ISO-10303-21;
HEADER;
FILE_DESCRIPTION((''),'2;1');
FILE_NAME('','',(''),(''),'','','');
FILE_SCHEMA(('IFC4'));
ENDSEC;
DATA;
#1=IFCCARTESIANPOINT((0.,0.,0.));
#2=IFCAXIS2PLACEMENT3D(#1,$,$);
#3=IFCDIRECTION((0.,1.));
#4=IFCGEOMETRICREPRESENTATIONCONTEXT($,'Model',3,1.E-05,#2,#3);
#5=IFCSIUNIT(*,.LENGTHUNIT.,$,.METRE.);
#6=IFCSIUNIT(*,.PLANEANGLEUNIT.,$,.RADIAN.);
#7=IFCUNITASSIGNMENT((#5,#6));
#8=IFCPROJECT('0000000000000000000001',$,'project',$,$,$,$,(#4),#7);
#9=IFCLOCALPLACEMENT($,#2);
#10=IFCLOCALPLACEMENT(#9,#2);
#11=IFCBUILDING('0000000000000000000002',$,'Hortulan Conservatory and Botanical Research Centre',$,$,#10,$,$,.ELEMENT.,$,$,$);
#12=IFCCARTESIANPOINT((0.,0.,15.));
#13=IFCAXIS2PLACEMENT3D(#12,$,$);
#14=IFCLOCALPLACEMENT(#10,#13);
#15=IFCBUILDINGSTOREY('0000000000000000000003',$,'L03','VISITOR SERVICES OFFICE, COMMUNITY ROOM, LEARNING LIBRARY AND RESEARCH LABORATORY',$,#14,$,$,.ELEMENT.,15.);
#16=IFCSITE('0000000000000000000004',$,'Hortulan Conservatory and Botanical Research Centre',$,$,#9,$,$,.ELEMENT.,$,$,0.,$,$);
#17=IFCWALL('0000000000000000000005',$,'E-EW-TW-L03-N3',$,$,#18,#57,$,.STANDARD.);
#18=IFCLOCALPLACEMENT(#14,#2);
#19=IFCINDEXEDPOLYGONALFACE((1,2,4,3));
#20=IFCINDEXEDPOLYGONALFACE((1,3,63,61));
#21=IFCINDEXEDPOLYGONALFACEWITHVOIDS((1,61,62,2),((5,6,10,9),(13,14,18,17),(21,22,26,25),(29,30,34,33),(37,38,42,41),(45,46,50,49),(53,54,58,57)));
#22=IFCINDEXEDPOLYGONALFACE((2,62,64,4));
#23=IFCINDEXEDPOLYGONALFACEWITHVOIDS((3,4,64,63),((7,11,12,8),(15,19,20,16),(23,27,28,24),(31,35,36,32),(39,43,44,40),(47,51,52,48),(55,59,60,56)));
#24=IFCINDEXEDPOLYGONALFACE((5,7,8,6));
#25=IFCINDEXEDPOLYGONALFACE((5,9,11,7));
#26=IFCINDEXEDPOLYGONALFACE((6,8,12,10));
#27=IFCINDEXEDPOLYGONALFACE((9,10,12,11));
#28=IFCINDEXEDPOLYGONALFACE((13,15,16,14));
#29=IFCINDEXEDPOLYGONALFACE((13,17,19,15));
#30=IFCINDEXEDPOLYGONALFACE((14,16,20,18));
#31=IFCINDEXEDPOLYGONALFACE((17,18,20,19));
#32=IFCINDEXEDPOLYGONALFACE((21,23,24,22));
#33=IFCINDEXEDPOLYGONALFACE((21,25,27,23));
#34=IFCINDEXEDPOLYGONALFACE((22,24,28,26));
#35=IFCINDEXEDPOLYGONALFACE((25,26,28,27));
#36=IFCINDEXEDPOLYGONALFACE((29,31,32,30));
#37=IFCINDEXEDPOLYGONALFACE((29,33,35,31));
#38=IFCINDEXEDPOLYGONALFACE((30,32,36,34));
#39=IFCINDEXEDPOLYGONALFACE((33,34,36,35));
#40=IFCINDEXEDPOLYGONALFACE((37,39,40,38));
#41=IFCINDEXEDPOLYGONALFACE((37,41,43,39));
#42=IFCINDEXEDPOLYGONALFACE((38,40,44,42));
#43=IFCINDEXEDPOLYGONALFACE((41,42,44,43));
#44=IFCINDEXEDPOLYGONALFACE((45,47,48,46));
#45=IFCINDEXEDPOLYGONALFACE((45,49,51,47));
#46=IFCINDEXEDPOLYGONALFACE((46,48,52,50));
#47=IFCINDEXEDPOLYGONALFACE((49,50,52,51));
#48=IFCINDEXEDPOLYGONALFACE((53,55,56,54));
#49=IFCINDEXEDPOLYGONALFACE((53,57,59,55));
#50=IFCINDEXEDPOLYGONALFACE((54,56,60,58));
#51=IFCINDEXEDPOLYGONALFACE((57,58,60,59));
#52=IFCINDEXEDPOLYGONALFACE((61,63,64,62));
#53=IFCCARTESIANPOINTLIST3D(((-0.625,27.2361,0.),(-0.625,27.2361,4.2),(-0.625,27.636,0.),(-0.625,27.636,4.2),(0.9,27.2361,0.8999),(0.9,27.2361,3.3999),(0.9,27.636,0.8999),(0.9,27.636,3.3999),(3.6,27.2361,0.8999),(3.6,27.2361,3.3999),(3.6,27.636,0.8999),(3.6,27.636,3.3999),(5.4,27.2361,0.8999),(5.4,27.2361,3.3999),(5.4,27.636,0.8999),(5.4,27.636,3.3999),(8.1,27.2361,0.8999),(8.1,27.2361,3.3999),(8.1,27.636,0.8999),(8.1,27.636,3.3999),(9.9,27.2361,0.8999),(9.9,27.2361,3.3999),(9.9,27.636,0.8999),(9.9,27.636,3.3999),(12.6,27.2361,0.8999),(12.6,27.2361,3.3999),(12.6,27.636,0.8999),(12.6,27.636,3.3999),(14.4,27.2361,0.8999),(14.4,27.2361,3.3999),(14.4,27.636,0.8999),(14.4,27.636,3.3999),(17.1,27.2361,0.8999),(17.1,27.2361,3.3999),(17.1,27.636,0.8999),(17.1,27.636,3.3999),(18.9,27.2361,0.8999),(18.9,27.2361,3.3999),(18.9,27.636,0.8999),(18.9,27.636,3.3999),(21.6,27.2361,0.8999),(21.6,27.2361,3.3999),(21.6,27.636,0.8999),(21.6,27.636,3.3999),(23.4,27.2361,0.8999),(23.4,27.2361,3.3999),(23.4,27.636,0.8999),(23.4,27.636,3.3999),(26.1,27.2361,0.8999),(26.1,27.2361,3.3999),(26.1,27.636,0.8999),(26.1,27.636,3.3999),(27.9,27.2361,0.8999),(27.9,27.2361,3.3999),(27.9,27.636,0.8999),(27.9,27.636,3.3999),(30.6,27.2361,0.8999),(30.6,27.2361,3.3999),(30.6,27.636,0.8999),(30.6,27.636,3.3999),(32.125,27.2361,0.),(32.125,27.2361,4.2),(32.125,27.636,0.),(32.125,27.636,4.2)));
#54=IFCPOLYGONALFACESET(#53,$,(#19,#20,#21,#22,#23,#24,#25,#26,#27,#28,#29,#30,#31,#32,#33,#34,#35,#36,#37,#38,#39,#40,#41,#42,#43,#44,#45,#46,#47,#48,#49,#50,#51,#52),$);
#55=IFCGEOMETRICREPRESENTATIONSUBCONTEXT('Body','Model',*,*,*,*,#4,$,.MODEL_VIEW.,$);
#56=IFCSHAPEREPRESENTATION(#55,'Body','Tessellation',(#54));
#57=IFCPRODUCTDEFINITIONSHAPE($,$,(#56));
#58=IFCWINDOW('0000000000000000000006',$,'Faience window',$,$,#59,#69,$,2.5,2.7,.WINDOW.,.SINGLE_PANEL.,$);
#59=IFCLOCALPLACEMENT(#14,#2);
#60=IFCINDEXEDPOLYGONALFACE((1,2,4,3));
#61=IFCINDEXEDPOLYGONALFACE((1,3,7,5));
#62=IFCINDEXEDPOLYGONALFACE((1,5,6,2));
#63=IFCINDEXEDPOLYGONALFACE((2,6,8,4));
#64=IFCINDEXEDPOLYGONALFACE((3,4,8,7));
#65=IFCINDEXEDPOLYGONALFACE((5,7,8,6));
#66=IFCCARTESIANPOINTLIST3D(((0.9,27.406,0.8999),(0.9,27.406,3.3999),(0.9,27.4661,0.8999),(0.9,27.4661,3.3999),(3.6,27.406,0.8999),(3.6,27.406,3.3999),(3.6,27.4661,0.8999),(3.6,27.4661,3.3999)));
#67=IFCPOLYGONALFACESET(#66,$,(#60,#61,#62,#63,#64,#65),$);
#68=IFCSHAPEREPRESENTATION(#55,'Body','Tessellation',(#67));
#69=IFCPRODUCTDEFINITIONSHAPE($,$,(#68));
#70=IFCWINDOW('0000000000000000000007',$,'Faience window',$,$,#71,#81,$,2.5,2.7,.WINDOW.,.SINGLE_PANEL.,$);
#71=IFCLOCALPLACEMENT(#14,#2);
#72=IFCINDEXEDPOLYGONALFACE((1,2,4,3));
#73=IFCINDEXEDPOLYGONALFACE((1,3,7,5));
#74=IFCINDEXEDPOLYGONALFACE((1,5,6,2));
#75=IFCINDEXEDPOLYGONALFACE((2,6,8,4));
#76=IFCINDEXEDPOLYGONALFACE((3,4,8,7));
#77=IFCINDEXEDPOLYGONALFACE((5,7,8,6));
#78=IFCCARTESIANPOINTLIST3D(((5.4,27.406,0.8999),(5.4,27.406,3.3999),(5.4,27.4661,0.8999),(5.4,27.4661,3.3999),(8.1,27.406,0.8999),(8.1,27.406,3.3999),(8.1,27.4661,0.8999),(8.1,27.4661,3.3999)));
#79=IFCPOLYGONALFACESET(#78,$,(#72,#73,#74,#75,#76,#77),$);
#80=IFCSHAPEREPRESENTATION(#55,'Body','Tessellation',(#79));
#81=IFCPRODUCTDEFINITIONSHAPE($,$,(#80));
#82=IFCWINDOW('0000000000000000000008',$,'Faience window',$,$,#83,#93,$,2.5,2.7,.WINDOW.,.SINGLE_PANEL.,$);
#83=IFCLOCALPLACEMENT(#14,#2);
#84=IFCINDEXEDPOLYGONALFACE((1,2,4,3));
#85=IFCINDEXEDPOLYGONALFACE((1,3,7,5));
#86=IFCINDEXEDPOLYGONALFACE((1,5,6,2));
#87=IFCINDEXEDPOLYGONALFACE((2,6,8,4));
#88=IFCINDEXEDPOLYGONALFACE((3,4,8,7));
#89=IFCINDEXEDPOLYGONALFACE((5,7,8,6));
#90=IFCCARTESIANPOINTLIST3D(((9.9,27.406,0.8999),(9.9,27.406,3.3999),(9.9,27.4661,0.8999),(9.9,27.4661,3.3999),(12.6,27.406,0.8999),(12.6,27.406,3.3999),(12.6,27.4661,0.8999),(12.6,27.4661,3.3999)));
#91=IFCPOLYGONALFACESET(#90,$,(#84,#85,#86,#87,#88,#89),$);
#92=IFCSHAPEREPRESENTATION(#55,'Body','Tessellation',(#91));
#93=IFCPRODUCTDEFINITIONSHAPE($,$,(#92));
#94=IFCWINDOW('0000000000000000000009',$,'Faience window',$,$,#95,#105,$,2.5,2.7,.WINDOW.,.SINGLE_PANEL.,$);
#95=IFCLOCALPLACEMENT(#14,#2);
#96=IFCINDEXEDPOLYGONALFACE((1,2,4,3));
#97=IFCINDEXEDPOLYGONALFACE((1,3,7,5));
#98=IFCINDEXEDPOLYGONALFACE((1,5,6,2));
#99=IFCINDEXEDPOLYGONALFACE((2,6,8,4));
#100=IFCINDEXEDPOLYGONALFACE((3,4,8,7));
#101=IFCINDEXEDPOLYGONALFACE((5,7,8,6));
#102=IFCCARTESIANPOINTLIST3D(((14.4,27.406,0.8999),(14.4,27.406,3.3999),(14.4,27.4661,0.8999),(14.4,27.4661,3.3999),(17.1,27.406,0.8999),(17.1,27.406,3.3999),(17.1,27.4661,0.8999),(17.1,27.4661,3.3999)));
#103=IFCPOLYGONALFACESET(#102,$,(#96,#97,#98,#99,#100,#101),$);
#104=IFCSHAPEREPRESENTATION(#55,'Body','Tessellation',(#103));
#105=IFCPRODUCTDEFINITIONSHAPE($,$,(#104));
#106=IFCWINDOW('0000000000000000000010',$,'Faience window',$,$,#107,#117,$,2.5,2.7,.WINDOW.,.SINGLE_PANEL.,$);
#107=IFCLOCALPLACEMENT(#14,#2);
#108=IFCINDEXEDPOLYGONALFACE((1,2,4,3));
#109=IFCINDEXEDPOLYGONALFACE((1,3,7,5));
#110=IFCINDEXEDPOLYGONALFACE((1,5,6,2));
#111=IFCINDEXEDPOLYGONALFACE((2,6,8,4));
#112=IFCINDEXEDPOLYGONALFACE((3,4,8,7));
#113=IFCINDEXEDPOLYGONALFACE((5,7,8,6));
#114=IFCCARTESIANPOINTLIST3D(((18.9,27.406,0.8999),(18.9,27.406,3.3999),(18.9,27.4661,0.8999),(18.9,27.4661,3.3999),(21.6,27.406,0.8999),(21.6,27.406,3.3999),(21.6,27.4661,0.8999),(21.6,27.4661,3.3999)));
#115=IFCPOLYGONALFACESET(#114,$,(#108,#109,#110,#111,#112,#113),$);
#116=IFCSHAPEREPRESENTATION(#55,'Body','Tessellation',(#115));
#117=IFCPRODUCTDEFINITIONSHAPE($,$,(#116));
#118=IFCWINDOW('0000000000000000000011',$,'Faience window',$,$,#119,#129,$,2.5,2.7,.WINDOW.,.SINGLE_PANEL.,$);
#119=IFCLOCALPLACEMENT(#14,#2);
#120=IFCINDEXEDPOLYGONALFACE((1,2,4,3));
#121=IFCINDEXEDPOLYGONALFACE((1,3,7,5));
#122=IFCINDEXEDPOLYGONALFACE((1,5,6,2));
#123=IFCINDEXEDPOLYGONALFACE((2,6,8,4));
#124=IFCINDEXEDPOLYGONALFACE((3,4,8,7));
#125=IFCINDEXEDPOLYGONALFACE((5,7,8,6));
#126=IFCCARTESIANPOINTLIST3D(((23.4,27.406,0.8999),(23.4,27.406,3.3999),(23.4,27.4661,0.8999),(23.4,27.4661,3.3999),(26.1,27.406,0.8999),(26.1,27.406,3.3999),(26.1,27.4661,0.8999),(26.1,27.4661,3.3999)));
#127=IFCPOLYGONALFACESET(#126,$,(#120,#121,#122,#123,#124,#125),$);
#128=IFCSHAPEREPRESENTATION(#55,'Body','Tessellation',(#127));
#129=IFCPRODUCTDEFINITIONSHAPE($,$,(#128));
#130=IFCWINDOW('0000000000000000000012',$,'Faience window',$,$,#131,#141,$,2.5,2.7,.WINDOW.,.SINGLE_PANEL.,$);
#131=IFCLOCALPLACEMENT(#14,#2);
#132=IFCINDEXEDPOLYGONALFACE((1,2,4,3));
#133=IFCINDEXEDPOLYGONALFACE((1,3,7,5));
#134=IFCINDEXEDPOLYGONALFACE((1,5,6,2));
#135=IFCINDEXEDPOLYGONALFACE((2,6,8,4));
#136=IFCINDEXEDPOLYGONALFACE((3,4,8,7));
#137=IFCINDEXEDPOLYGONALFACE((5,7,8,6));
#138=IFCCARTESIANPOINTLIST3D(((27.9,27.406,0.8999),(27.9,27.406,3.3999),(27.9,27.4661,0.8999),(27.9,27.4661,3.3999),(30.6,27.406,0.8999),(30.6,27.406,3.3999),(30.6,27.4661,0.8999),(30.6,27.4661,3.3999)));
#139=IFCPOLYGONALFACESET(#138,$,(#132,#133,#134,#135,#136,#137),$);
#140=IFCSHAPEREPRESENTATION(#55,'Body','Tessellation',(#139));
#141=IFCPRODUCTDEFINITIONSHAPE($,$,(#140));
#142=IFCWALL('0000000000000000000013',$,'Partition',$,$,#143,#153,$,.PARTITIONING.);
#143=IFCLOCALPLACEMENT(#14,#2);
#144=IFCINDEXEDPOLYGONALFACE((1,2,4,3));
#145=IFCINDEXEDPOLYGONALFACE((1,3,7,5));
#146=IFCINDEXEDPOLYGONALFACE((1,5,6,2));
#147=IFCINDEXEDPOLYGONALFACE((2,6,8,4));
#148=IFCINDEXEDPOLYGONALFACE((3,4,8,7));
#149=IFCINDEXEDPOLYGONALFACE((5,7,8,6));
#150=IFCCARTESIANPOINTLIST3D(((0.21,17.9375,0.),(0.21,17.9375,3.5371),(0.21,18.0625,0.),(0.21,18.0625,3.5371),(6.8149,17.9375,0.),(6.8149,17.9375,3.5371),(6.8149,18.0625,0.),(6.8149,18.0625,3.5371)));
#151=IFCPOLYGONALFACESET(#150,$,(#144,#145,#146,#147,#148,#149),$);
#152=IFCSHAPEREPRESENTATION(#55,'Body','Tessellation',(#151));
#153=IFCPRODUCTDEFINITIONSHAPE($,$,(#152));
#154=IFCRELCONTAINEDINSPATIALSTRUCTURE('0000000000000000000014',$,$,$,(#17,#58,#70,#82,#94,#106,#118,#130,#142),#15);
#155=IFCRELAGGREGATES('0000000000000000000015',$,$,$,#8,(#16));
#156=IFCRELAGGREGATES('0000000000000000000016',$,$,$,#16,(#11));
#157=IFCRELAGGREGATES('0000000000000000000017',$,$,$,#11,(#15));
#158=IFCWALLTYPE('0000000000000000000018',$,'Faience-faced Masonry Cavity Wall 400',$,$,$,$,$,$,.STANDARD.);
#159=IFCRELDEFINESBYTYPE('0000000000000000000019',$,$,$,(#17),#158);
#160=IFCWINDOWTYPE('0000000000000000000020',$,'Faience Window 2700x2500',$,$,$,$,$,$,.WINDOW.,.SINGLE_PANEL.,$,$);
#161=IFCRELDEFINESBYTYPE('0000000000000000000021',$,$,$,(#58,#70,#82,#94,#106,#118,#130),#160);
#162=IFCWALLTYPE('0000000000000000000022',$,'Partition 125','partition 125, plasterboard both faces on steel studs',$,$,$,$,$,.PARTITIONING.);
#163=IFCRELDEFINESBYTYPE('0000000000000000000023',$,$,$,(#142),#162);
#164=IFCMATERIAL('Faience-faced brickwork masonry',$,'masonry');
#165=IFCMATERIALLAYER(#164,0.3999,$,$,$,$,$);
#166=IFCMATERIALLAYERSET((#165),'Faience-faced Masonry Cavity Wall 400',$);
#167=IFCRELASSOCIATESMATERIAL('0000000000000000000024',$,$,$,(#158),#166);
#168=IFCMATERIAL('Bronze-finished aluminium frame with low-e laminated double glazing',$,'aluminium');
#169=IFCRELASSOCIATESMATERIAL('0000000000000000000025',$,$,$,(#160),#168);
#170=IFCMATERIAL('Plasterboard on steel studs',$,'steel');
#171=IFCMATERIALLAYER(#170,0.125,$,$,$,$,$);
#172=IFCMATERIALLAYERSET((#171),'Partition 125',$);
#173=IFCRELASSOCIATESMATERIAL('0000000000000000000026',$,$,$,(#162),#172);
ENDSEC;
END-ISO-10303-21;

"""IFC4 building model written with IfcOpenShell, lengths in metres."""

from ifc_helpers import new_model, si_unit, direction, frame, frame_2d, origin, place, context, subcontext, project, spatial, rectangle, extrude, material, layer, layer_set, type_object, element, fill, save


model = new_model("IFC4")

# Units and contexts
model_context = context("Model", 3, precision=1e-05, world=origin(), true_north=direction((0.0, 1.0)))
body_context = subcontext(model_context, "Body", "Model", "MODEL_VIEW")
ifc_project = project(units=[si_unit("LENGTHUNIT", "METRE"), si_unit("PLANEANGLEUNIT", "RADIAN")], contexts=[model_context])

# Site, building, storey
site_placement = place(None, origin())
site = spatial("IfcSite", under=ifc_project, at=site_placement, Name="Hortulan Conservatory and Botanical Research Centre", CompositionType="ELEMENT", RefElevation=0.0)
building_placement = place(site_placement, origin())
building = spatial("IfcBuilding", under=site, at=building_placement, Name="Hortulan Conservatory and Botanical Research Centre", CompositionType="ELEMENT")
storey_placement = place(building_placement, frame((0.0, 0.0, 15.0)))
storey = spatial("IfcBuildingStorey", under=building, at=storey_placement, Name="L03", Description="VISITOR SERVICES OFFICE, COMMUNITY ROOM, LEARNING LIBRARY AND RESEARCH LABORATORY", CompositionType="ELEMENT", Elevation=15.0)

# Wall, openings, windows
ifc_material_1 = material(Name="Faience-faced brickwork masonry", Category="masonry")
ifc_layer_1 = layer(ifc_material_1, 0.3999)
ifc_layer_set_1 = layer_set([ifc_layer_1], Name="Faience-faced Masonry Cavity Wall 400")
wall_type_1 = type_object("IfcWallType", Name="Faience-faced Masonry Cavity Wall 400", PredefinedType="STANDARD", material=ifc_layer_set_1)
wall_1_placement = place(storey_placement, frame((-0.625, 27.436, 0.0), z_axis=(0.0, 0.0, 1.0), x_axis=(1.0, 0.0, 0.0)))
wall_1 = element("IfcWall", 1, at=wall_1_placement, inside=storey, type_object=wall_type_1, Name="E-EW-TW-L03-N3", PredefinedType="STANDARD", context=body_context, shape_type="SweptSolid", body=[
    extrude(rectangle(XDim=32.75, YDim=0.3999, at=frame_2d((16.375, 0.0))), origin(), (0.0, 0.0, 1.0), 4.2),
])
opening_1_placement = place(wall_1_placement, frame((1.5249, 0.0, 0.8999)))
opening_1 = element("IfcOpeningElement", 2, at=opening_1_placement, cuts=wall_1, PredefinedType="OPENING", context=body_context, shape_type="SweptSolid", body=[
    extrude(rectangle(XDim=2.7, YDim=2.5, at=frame_2d((1.3501, 1.25))), frame((0.0, 0.21, 0.0), z_axis=(0.0, -1.0, 0.0), x_axis=(1.0, 0.0, 0.0)), (0.0, 0.0, 1.0), 0.4199),
])
opening_2_placement = place(wall_1_placement, frame((6.0249, 0.0, 0.8999)))
opening_2 = element("IfcOpeningElement", 3, at=opening_2_placement, cuts=wall_1, PredefinedType="OPENING", context=body_context, shape_type="SweptSolid", body=[
    extrude(rectangle(XDim=2.7, YDim=2.5, at=frame_2d((1.3501, 1.25))), frame((0.0, 0.21, 0.0), z_axis=(0.0, -1.0, 0.0), x_axis=(1.0, 0.0, 0.0)), (0.0, 0.0, 1.0), 0.4199),
])
opening_3_placement = place(wall_1_placement, frame((10.5249, 0.0, 0.8999)))
opening_3 = element("IfcOpeningElement", 4, at=opening_3_placement, cuts=wall_1, PredefinedType="OPENING", context=body_context, shape_type="SweptSolid", body=[
    extrude(rectangle(XDim=2.7, YDim=2.5, at=frame_2d((1.3501, 1.25))), frame((0.0, 0.21, 0.0), z_axis=(0.0, -1.0, 0.0), x_axis=(1.0, 0.0, 0.0)), (0.0, 0.0, 1.0), 0.4199),
])
opening_4_placement = place(wall_1_placement, frame((15.0249, 0.0, 0.8999)))
opening_4 = element("IfcOpeningElement", 5, at=opening_4_placement, cuts=wall_1, PredefinedType="OPENING", context=body_context, shape_type="SweptSolid", body=[
    extrude(rectangle(XDim=2.7, YDim=2.5, at=frame_2d((1.3501, 1.25))), frame((0.0, 0.21, 0.0), z_axis=(0.0, -1.0, 0.0), x_axis=(1.0, 0.0, 0.0)), (0.0, 0.0, 1.0), 0.4199),
])
opening_5_placement = place(wall_1_placement, frame((19.5249, 0.0, 0.8999)))
opening_5 = element("IfcOpeningElement", 6, at=opening_5_placement, cuts=wall_1, PredefinedType="OPENING", context=body_context, shape_type="SweptSolid", body=[
    extrude(rectangle(XDim=2.7, YDim=2.5, at=frame_2d((1.3501, 1.25))), frame((0.0, 0.21, 0.0), z_axis=(0.0, -1.0, 0.0), x_axis=(1.0, 0.0, 0.0)), (0.0, 0.0, 1.0), 0.4199),
])
opening_6_placement = place(wall_1_placement, frame((24.0249, 0.0, 0.8999)))
opening_6 = element("IfcOpeningElement", 7, at=opening_6_placement, cuts=wall_1, PredefinedType="OPENING", context=body_context, shape_type="SweptSolid", body=[
    extrude(rectangle(XDim=2.7, YDim=2.5, at=frame_2d((1.3501, 1.25))), frame((0.0, 0.21, 0.0), z_axis=(0.0, -1.0, 0.0), x_axis=(1.0, 0.0, 0.0)), (0.0, 0.0, 1.0), 0.4199),
])
opening_7_placement = place(wall_1_placement, frame((28.5249, 0.0, 0.8999)))
opening_7 = element("IfcOpeningElement", 8, at=opening_7_placement, cuts=wall_1, PredefinedType="OPENING", context=body_context, shape_type="SweptSolid", body=[
    extrude(rectangle(XDim=2.7, YDim=2.5, at=frame_2d((1.3501, 1.25))), frame((0.0, 0.21, 0.0), z_axis=(0.0, -1.0, 0.0), x_axis=(1.0, 0.0, 0.0)), (0.0, 0.0, 1.0), 0.4199),
])
ifc_material_2 = material(Name="Bronze-finished aluminium frame with low-e laminated double glazing", Category="aluminium")
window_type = type_object("IfcWindowType", Name="Faience Window 2700x2500", PartitioningType="SINGLE_PANEL", PredefinedType="WINDOW", material=ifc_material_2)
window_1_placement = place(opening_1_placement, origin())
window_1 = element("IfcWindow", 9, at=window_1_placement, inside=storey, type_object=window_type, Name="Faience window", OverallHeight=2.5, OverallWidth=2.7, PartitioningType="SINGLE_PANEL", PredefinedType="WINDOW", context=body_context, shape_type="SweptSolid", body=[
    extrude(rectangle(XDim=2.7, YDim=2.5, at=frame_2d((1.3501, 1.25))), frame((0.0, 0.03, 0.0), z_axis=(0.0, -1.0, 0.0), x_axis=(1.0, 0.0, 0.0)), (0.0, 0.0, 1.0), 0.0601),
])
fill(opening_1, window_1)
window_2_placement = place(opening_2_placement, origin())
window_2 = element("IfcWindow", 10, at=window_2_placement, inside=storey, type_object=window_type, Name="Faience window", OverallHeight=2.5, OverallWidth=2.7, PartitioningType="SINGLE_PANEL", PredefinedType="WINDOW", context=body_context, shape_type="SweptSolid", body=[
    extrude(rectangle(XDim=2.7, YDim=2.5, at=frame_2d((1.3501, 1.25))), frame((0.0, 0.03, 0.0), z_axis=(0.0, -1.0, 0.0), x_axis=(1.0, 0.0, 0.0)), (0.0, 0.0, 1.0), 0.0601),
])
fill(opening_2, window_2)
window_3_placement = place(opening_3_placement, origin())
window_3 = element("IfcWindow", 11, at=window_3_placement, inside=storey, type_object=window_type, Name="Faience window", OverallHeight=2.5, OverallWidth=2.7, PartitioningType="SINGLE_PANEL", PredefinedType="WINDOW", context=body_context, shape_type="SweptSolid", body=[
    extrude(rectangle(XDim=2.7, YDim=2.5, at=frame_2d((1.3501, 1.25))), frame((0.0, 0.03, 0.0), z_axis=(0.0, -1.0, 0.0), x_axis=(1.0, 0.0, 0.0)), (0.0, 0.0, 1.0), 0.0601),
])
fill(opening_3, window_3)
window_4_placement = place(opening_4_placement, origin())
window_4 = element("IfcWindow", 12, at=window_4_placement, inside=storey, type_object=window_type, Name="Faience window", OverallHeight=2.5, OverallWidth=2.7, PartitioningType="SINGLE_PANEL", PredefinedType="WINDOW", context=body_context, shape_type="SweptSolid", body=[
    extrude(rectangle(XDim=2.7, YDim=2.5, at=frame_2d((1.3501, 1.25))), frame((0.0, 0.03, 0.0), z_axis=(0.0, -1.0, 0.0), x_axis=(1.0, 0.0, 0.0)), (0.0, 0.0, 1.0), 0.0601),
])
fill(opening_4, window_4)
window_5_placement = place(opening_5_placement, origin())
window_5 = element("IfcWindow", 13, at=window_5_placement, inside=storey, type_object=window_type, Name="Faience window", OverallHeight=2.5, OverallWidth=2.7, PartitioningType="SINGLE_PANEL", PredefinedType="WINDOW", context=body_context, shape_type="SweptSolid", body=[
    extrude(rectangle(XDim=2.7, YDim=2.5, at=frame_2d((1.3501, 1.25))), frame((0.0, 0.03, 0.0), z_axis=(0.0, -1.0, 0.0), x_axis=(1.0, 0.0, 0.0)), (0.0, 0.0, 1.0), 0.0601),
])
fill(opening_5, window_5)
window_6_placement = place(opening_6_placement, origin())
window_6 = element("IfcWindow", 14, at=window_6_placement, inside=storey, type_object=window_type, Name="Faience window", OverallHeight=2.5, OverallWidth=2.7, PartitioningType="SINGLE_PANEL", PredefinedType="WINDOW", context=body_context, shape_type="SweptSolid", body=[
    extrude(rectangle(XDim=2.7, YDim=2.5, at=frame_2d((1.3501, 1.25))), frame((0.0, 0.03, 0.0), z_axis=(0.0, -1.0, 0.0), x_axis=(1.0, 0.0, 0.0)), (0.0, 0.0, 1.0), 0.0601),
])
fill(opening_6, window_6)
window_7_placement = place(opening_7_placement, origin())
window_7 = element("IfcWindow", 15, at=window_7_placement, inside=storey, type_object=window_type, Name="Faience window", OverallHeight=2.5, OverallWidth=2.7, PartitioningType="SINGLE_PANEL", PredefinedType="WINDOW", context=body_context, shape_type="SweptSolid", body=[
    extrude(rectangle(XDim=2.7, YDim=2.5, at=frame_2d((1.3501, 1.25))), frame((0.0, 0.03, 0.0), z_axis=(0.0, -1.0, 0.0), x_axis=(1.0, 0.0, 0.0)), (0.0, 0.0, 1.0), 0.0601),
])
fill(opening_7, window_7)

# Wall
ifc_material_3 = material(Name="Plasterboard on steel studs", Category="steel")
ifc_layer_2 = layer(ifc_material_3, 0.125)
ifc_layer_set_2 = layer_set([ifc_layer_2], Name="Partition 125")
wall_type_2 = type_object("IfcWallType", Name="Partition 125", Description="partition 125, plasterboard both faces on steel studs", PredefinedType="PARTITIONING", material=ifc_layer_set_2)
wall_2_placement = place(storey_placement, frame((0.21, 18.0, 0.0), z_axis=(0.0, 0.0, 1.0), x_axis=(1.0, 0.0, 0.0)))
element("IfcWall", 16, at=wall_2_placement, inside=storey, type_object=wall_type_2, Name="Partition", PredefinedType="PARTITIONING", context=body_context, shape_type="SweptSolid", body=[
    extrude(rectangle(XDim=6.605, YDim=0.125, at=frame_2d((3.3025, 0.0))), origin(), (0.0, 0.0, 1.0), 3.5371),
])

save(model, "model.ifc")
